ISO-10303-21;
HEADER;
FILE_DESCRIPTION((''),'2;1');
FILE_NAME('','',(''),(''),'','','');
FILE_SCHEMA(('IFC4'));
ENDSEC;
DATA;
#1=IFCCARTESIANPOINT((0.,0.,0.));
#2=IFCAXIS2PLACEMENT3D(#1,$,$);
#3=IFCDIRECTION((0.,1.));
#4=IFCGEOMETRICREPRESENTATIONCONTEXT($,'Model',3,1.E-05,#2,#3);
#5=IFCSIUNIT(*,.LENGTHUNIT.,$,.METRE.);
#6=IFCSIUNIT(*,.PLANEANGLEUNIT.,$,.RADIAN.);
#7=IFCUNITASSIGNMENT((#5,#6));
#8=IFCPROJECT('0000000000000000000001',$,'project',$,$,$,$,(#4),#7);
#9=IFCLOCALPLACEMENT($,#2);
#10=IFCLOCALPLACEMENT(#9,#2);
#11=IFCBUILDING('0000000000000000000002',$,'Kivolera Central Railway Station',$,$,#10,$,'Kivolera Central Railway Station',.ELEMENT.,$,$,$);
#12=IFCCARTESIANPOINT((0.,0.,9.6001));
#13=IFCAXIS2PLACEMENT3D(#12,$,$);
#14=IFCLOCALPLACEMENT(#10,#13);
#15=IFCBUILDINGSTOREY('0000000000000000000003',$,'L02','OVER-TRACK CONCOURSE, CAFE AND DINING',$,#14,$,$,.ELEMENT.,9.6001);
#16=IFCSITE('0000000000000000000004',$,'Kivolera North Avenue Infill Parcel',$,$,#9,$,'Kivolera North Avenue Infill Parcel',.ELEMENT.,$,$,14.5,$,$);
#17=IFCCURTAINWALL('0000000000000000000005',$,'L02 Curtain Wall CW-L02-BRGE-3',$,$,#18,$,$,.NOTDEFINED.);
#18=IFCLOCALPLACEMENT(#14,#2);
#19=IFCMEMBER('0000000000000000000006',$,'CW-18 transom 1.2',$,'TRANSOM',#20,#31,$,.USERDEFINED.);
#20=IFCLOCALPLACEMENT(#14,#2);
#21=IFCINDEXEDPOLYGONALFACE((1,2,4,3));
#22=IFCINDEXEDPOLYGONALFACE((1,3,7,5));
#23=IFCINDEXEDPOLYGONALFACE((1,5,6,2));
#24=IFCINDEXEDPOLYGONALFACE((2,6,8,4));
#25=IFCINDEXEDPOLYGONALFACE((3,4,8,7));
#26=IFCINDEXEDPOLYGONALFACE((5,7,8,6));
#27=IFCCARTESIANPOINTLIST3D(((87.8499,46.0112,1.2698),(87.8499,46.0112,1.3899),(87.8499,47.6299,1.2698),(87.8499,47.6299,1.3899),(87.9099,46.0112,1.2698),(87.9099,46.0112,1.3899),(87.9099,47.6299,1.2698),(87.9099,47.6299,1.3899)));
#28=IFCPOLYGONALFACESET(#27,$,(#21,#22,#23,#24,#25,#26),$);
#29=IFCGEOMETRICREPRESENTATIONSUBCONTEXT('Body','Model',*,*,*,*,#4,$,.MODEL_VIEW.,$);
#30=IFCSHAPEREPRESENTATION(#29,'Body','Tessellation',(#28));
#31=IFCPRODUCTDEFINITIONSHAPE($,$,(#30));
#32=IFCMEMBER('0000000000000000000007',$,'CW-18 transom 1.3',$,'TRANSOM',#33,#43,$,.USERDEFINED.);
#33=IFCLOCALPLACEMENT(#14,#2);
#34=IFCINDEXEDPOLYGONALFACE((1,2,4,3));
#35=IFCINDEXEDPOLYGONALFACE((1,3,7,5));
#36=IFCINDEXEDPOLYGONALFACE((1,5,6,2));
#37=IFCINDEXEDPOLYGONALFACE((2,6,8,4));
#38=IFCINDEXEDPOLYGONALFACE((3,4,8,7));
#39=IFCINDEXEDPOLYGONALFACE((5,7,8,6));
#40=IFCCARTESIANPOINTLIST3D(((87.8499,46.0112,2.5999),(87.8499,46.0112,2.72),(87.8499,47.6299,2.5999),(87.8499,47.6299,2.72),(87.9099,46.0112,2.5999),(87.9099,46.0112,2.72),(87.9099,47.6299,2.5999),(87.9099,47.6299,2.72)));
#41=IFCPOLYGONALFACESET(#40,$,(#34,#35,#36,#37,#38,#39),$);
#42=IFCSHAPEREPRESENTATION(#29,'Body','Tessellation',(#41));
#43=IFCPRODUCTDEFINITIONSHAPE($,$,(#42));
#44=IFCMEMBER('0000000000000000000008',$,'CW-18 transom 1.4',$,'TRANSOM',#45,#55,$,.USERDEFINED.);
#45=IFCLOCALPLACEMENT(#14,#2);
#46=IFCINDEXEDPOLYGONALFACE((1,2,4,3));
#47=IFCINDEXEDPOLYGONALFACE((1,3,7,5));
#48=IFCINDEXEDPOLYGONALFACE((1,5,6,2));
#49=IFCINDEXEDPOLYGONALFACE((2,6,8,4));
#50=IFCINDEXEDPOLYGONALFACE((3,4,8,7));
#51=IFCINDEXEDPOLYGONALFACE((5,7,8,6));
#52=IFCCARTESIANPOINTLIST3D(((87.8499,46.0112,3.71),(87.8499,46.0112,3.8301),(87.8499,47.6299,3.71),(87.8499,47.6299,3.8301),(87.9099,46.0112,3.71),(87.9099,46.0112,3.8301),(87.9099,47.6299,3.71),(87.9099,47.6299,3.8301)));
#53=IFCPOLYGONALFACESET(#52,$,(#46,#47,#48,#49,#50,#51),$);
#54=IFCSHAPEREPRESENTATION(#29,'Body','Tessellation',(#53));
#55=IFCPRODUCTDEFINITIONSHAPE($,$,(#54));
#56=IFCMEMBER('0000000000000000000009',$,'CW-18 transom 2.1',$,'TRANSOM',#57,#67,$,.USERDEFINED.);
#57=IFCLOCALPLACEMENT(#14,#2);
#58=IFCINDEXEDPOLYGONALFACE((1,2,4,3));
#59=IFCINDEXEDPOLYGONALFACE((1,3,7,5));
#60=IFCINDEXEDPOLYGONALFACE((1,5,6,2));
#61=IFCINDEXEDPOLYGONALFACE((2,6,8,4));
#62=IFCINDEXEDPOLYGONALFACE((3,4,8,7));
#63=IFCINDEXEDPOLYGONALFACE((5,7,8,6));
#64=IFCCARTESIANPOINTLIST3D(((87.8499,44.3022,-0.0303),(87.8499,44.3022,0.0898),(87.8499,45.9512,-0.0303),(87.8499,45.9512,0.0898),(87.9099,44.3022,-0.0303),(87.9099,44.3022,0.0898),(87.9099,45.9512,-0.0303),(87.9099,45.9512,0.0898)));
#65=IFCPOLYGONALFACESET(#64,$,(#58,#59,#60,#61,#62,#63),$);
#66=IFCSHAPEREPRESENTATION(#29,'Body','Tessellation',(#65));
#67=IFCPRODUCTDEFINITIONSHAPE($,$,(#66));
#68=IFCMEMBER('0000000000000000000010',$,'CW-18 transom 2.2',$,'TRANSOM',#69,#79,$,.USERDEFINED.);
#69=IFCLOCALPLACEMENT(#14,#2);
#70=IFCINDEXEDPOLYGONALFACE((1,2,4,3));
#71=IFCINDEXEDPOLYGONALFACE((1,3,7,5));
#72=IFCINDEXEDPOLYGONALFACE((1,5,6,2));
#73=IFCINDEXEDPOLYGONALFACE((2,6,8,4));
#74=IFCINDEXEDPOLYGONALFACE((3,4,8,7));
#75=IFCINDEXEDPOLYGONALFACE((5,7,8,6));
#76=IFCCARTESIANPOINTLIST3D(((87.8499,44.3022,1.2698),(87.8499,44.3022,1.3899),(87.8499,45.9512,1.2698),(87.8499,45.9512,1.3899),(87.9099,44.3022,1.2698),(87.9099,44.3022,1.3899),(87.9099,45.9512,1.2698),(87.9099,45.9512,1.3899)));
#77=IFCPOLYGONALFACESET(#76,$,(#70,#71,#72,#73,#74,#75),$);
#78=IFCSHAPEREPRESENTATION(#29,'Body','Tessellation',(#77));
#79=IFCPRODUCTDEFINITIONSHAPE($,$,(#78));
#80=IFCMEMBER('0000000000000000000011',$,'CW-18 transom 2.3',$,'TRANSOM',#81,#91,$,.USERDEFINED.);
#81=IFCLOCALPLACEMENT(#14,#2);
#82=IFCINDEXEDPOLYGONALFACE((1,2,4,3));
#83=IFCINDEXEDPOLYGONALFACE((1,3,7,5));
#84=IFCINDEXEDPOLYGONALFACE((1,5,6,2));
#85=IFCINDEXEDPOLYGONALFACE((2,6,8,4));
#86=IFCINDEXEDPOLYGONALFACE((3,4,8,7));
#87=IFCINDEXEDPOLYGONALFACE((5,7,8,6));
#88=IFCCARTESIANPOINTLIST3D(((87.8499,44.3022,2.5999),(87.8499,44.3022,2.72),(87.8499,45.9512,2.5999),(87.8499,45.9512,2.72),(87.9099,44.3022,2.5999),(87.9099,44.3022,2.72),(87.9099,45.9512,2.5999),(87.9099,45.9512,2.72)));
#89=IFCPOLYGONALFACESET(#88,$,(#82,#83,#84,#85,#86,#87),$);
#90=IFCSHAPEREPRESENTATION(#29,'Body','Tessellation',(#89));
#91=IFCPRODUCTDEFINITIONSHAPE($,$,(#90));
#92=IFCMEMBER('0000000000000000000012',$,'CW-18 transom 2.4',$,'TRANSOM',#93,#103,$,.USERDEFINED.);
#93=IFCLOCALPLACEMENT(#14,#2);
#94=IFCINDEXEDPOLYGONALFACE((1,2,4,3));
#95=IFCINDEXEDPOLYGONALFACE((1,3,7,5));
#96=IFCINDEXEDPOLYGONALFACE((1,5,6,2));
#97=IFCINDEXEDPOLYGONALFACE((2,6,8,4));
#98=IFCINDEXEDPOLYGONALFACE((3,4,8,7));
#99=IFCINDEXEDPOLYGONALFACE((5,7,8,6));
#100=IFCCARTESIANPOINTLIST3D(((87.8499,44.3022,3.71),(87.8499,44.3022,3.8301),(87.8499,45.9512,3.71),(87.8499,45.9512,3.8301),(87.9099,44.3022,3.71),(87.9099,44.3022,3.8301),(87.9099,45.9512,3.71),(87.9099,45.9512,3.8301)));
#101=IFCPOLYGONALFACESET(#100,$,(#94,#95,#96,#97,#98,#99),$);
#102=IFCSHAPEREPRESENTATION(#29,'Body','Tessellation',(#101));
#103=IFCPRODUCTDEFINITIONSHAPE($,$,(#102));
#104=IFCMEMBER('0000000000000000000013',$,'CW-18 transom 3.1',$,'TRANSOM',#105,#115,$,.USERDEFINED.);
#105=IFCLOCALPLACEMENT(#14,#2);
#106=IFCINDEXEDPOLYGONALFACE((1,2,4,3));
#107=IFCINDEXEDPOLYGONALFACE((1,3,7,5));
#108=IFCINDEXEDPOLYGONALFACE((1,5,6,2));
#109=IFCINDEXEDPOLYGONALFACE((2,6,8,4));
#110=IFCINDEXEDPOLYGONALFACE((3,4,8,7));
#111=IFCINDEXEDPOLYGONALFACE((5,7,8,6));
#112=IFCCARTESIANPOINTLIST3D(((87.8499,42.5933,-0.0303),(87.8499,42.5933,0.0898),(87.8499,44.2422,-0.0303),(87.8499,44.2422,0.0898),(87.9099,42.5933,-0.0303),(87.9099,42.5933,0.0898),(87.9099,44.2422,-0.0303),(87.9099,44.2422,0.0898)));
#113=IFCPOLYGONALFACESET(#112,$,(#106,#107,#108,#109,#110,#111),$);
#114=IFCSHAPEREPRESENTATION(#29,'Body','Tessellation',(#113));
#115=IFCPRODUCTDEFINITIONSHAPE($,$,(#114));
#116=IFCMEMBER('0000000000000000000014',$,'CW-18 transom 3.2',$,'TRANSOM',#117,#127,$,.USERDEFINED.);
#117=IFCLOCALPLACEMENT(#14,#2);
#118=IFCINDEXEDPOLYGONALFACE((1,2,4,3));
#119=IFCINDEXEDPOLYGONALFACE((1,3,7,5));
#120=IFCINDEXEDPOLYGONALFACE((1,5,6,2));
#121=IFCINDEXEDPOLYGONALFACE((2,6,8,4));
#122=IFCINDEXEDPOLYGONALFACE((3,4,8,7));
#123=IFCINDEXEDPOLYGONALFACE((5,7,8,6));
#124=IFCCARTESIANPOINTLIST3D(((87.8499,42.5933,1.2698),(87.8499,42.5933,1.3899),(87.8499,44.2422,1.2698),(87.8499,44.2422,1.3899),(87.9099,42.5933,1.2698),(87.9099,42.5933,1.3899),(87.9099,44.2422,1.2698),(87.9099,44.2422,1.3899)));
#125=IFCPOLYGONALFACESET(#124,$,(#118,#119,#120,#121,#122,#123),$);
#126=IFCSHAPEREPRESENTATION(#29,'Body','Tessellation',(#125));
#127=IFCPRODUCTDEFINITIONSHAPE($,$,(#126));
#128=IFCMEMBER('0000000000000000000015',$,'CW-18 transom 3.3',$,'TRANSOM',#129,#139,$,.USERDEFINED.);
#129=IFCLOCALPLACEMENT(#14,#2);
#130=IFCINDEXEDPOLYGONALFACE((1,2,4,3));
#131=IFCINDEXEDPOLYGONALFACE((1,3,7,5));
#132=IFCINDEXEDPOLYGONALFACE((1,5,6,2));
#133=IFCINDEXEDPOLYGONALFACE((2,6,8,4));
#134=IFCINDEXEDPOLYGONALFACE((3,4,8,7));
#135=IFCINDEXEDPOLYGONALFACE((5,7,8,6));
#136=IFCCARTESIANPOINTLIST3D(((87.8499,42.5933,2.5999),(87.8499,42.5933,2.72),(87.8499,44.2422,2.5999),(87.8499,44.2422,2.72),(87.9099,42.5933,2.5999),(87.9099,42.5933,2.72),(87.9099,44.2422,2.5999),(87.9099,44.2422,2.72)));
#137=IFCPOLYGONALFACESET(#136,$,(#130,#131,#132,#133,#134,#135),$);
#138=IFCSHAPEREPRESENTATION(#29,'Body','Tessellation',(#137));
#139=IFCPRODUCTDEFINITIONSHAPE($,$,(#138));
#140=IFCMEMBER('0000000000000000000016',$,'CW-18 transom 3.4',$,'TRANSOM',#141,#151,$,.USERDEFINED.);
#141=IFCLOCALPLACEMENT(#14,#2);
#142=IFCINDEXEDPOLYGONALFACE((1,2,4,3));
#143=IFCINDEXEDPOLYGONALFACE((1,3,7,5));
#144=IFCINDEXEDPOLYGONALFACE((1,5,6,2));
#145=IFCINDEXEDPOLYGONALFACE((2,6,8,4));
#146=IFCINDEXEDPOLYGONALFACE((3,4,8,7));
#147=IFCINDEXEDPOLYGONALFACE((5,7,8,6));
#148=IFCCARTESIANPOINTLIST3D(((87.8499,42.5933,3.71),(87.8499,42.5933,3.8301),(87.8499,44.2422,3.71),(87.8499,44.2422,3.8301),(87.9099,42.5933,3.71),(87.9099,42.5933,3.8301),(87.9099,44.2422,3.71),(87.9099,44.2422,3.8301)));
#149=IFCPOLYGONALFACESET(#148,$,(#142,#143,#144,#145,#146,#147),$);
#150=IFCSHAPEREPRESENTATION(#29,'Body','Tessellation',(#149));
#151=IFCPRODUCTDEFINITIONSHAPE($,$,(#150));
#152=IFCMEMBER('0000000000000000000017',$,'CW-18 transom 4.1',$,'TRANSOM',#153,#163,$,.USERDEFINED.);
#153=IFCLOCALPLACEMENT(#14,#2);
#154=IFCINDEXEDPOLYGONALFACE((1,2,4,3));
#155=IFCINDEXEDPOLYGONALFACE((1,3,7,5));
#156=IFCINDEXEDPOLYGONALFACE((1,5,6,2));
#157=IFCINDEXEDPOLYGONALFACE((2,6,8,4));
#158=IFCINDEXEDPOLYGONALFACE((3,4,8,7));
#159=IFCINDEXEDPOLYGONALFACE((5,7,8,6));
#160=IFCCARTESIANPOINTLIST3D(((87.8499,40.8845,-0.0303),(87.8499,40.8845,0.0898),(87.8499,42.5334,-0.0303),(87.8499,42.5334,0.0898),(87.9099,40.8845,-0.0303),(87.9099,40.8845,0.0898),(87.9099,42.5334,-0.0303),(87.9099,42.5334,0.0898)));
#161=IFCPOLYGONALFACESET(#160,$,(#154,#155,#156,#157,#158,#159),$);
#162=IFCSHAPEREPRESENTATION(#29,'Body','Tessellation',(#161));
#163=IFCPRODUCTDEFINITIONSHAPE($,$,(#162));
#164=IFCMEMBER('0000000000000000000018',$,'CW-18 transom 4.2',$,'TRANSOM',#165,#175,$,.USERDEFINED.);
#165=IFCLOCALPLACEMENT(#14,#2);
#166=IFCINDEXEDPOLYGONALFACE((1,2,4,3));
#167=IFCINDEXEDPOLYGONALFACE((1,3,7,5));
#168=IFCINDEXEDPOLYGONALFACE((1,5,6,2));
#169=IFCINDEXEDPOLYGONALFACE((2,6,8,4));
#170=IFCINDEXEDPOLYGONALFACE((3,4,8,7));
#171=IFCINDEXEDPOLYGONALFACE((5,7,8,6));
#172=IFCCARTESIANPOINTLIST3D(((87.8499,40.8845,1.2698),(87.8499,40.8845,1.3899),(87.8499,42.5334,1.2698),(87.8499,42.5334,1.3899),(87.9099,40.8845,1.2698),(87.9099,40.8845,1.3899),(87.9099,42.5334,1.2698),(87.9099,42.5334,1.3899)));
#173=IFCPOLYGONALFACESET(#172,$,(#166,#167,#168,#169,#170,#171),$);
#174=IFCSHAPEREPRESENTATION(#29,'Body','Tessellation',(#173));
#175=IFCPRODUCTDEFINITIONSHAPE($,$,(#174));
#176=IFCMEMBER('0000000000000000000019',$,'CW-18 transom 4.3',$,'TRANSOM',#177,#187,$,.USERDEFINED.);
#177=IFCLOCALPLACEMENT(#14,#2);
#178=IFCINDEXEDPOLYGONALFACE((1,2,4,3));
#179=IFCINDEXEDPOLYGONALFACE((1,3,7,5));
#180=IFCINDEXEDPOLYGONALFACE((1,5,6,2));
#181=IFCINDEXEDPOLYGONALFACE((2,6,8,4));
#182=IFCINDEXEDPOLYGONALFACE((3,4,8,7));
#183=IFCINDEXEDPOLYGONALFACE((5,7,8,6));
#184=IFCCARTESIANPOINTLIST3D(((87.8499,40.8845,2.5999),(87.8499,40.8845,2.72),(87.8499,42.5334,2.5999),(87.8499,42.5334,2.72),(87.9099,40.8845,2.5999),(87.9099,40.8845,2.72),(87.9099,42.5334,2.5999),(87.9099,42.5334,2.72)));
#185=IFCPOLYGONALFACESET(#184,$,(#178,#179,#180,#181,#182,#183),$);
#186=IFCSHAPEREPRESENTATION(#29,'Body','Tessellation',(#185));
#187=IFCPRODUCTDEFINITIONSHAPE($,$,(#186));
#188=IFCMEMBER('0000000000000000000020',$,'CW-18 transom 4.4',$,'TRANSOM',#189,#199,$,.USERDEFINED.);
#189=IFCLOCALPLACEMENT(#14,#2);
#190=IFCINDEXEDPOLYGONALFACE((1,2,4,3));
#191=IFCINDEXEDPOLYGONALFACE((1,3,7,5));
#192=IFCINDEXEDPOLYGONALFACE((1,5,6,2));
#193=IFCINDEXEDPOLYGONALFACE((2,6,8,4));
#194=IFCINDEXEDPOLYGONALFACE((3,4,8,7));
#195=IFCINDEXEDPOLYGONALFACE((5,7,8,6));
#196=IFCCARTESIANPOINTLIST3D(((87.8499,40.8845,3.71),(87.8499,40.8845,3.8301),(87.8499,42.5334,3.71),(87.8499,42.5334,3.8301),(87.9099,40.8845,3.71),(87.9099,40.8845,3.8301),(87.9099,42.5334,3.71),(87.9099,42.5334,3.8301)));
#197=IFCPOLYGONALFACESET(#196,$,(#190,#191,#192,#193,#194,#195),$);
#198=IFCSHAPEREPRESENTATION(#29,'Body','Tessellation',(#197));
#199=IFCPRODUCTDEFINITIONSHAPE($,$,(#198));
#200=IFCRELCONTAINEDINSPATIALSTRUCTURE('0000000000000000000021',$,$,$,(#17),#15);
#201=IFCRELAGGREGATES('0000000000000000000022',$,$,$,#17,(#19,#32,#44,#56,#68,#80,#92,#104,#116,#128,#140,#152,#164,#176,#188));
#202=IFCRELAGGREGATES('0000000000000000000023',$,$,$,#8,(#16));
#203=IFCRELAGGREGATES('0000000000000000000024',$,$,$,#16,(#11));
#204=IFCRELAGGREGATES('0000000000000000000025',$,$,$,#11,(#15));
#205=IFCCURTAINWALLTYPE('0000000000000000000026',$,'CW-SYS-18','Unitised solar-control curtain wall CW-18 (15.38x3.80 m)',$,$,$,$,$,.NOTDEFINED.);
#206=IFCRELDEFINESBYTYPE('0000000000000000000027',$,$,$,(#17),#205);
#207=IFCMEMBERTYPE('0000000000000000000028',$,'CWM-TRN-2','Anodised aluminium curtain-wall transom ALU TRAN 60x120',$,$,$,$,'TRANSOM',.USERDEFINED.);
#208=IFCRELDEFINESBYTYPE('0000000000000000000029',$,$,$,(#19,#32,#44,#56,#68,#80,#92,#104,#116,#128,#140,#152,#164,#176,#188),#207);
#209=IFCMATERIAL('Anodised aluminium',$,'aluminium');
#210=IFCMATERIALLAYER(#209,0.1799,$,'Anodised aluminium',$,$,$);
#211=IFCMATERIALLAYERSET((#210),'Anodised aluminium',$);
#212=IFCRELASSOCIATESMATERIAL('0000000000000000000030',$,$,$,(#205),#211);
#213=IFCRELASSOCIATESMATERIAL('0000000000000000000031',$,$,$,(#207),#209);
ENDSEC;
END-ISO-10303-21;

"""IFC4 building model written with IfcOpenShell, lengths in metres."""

from ifc_helpers import new_model, si_unit, direction, frame, origin, origin_2d, place, context, subcontext, project, spatial, rectangle, extrude, material, layer, layer_set, material_profile, profile_set, type_object, element, aggregate, save


model = new_model("IFC4")

# Units and contexts
model_context = context("Model", 3, precision=1e-05, world=origin(), true_north=direction((0.0, 1.0)))
body_context = subcontext(model_context, "Body", "Model", "MODEL_VIEW")
ifc_project = project(units=[si_unit("LENGTHUNIT", "METRE"), si_unit("PLANEANGLEUNIT", "RADIAN")], contexts=[model_context])

# Site, building, storey
site_placement = place(None, origin())
site = spatial("IfcSite", under=ifc_project, at=site_placement, Name="Kivolera North Avenue Infill Parcel", LongName="Kivolera North Avenue Infill Parcel", CompositionType="ELEMENT", RefElevation=14.5)
building_placement = place(site_placement, origin())
building = spatial("IfcBuilding", under=site, at=building_placement, Name="Kivolera Central Railway Station", LongName="Kivolera Central Railway Station", CompositionType="ELEMENT")
storey_placement = place(building_placement, frame((0.0, 0.0, 9.6001)))
storey = spatial("IfcBuildingStorey", under=building, at=storey_placement, Name="L02", Description="OVER-TRACK CONCOURSE, CAFE AND DINING", CompositionType="ELEMENT", Elevation=9.6001)

# Curtain wall, members
ifc_material_1 = material(Name="Anodised aluminium", Category="aluminium")
ifc_layer_1 = layer(ifc_material_1, 0.1799, Name="Anodised aluminium")
ifc_layer_set_1 = layer_set([ifc_layer_1], Name="Anodised aluminium")
curtain_wall_type = type_object("IfcCurtainWallType", Name="CW-SYS-18", Description="Unitised solar-control curtain wall CW-18 (15.38x3.80 m)", PredefinedType="NOTDEFINED", material=ifc_layer_set_1)
curtain_wall_placement = place(storey_placement, origin())
curtain_wall = element("IfcCurtainWall", 1, at=curtain_wall_placement, inside=storey, type_object=curtain_wall_type, Name="L02 Curtain Wall CW-L02-BRGE-3", PredefinedType="NOTDEFINED")
ifc_material_profile_1 = material_profile(ifc_material_1, rectangle(XDim=0.0601, YDim=0.1201, at=origin_2d()), Name="ALU TRAN 60x120")
ifc_profile_set_1 = profile_set([ifc_material_profile_1], Name="Anodised aluminium")
member_type_1 = type_object("IfcMemberType", Name="CWM-TRN-2", Description="Anodised aluminium curtain-wall transom ALU TRAN 60x120", ElementType="TRANSOM", PredefinedType="USERDEFINED", material=ifc_profile_set_1)
member_1_placement = place(storey_placement, frame((87.8799, 47.6299, 1.3298), z_axis=(0.0, -1.0, 0.0), x_axis=(1.0, 0.0, 0.0)))
member_1 = element("IfcMember", 2, at=member_1_placement, type_object=member_type_1, Name="CW-18 transom 1.2", ObjectType="TRANSOM", PredefinedType="USERDEFINED", context=body_context, shape_type="SweptSolid", body=[
    extrude(rectangle(XDim=0.0601, YDim=0.1201, at=origin_2d()), origin(), (0.0, 0.0, 1.0), 1.6187),
])
member_2_placement = place(storey_placement, frame((87.8799, 47.6299, 2.6599), z_axis=(0.0, -1.0, 0.0), x_axis=(1.0, 0.0, 0.0)))
member_2 = element("IfcMember", 3, at=member_2_placement, type_object=member_type_1, Name="CW-18 transom 1.3", ObjectType="TRANSOM", PredefinedType="USERDEFINED", context=body_context, shape_type="SweptSolid", body=[
    extrude(rectangle(XDim=0.0601, YDim=0.1201, at=origin_2d()), origin(), (0.0, 0.0, 1.0), 1.6187),
])
member_3_placement = place(storey_placement, frame((87.8799, 47.6299, 3.77), z_axis=(0.0, -1.0, 0.0), x_axis=(1.0, 0.0, 0.0)))
member_3 = element("IfcMember", 4, at=member_3_placement, type_object=member_type_1, Name="CW-18 transom 1.4", ObjectType="TRANSOM", PredefinedType="USERDEFINED", context=body_context, shape_type="SweptSolid", body=[
    extrude(rectangle(XDim=0.0601, YDim=0.1201, at=origin_2d()), origin(), (0.0, 0.0, 1.0), 1.6187),
])
member_4_placement = place(storey_placement, frame((87.8799, 45.9512, 0.0298), z_axis=(0.0, -1.0, 0.0), x_axis=(1.0, 0.0, 0.0)))
member_4 = element("IfcMember", 5, at=member_4_placement, type_object=member_type_1, Name="CW-18 transom 2.1", ObjectType="TRANSOM", PredefinedType="USERDEFINED", context=body_context, shape_type="SweptSolid", body=[
    extrude(rectangle(XDim=0.0601, YDim=0.1201, at=origin_2d()), origin(), (0.0, 0.0, 1.0), 1.6489),
])
member_5_placement = place(storey_placement, frame((87.8799, 45.9512, 1.3298), z_axis=(0.0, -1.0, 0.0), x_axis=(1.0, 0.0, 0.0)))
member_5 = element("IfcMember", 6, at=member_5_placement, type_object=member_type_1, Name="CW-18 transom 2.2", ObjectType="TRANSOM", PredefinedType="USERDEFINED", context=body_context, shape_type="SweptSolid", body=[
    extrude(rectangle(XDim=0.0601, YDim=0.1201, at=origin_2d()), origin(), (0.0, 0.0, 1.0), 1.6489),
])
member_6_placement = place(storey_placement, frame((87.8799, 45.9512, 2.6599), z_axis=(0.0, -1.0, 0.0), x_axis=(1.0, 0.0, 0.0)))
member_6 = element("IfcMember", 7, at=member_6_placement, type_object=member_type_1, Name="CW-18 transom 2.3", ObjectType="TRANSOM", PredefinedType="USERDEFINED", context=body_context, shape_type="SweptSolid", body=[
    extrude(rectangle(XDim=0.0601, YDim=0.1201, at=origin_2d()), origin(), (0.0, 0.0, 1.0), 1.6489),
])
member_7_placement = place(storey_placement, frame((87.8799, 45.9512, 3.77), z_axis=(0.0, -1.0, 0.0), x_axis=(1.0, 0.0, 0.0)))
member_7 = element("IfcMember", 8, at=member_7_placement, type_object=member_type_1, Name="CW-18 transom 2.4", ObjectType="TRANSOM", PredefinedType="USERDEFINED", context=body_context, shape_type="SweptSolid", body=[
    extrude(rectangle(XDim=0.0601, YDim=0.1201, at=origin_2d()), origin(), (0.0, 0.0, 1.0), 1.6489),
])
member_8_placement = place(storey_placement, frame((87.8799, 44.2422, 0.0298), z_axis=(0.0, -1.0, 0.0), x_axis=(1.0, 0.0, 0.0)))
member_8 = element("IfcMember", 9, at=member_8_placement, type_object=member_type_1, Name="CW-18 transom 3.1", ObjectType="TRANSOM", PredefinedType="USERDEFINED", context=body_context, shape_type="SweptSolid", body=[
    extrude(rectangle(XDim=0.0601, YDim=0.1201, at=origin_2d()), origin(), (0.0, 0.0, 1.0), 1.6489),
])
member_9_placement = place(storey_placement, frame((87.8799, 44.2422, 1.3298), z_axis=(0.0, -1.0, 0.0), x_axis=(1.0, 0.0, 0.0)))
member_9 = element("IfcMember", 10, at=member_9_placement, type_object=member_type_1, Name="CW-18 transom 3.2", ObjectType="TRANSOM", PredefinedType="USERDEFINED", context=body_context, shape_type="SweptSolid", body=[
    extrude(rectangle(XDim=0.0601, YDim=0.1201, at=origin_2d()), origin(), (0.0, 0.0, 1.0), 1.6489),
])
member_10_placement = place(storey_placement, frame((87.8799, 44.2422, 2.6599), z_axis=(0.0, -1.0, 0.0), x_axis=(1.0, 0.0, 0.0)))
member_10 = element("IfcMember", 11, at=member_10_placement, type_object=member_type_1, Name="CW-18 transom 3.3", ObjectType="TRANSOM", PredefinedType="USERDEFINED", context=body_context, shape_type="SweptSolid", body=[
    extrude(rectangle(XDim=0.0601, YDim=0.1201, at=origin_2d()), origin(), (0.0, 0.0, 1.0), 1.6489),
])
member_11_placement = place(storey_placement, frame((87.8799, 44.2422, 3.77), z_axis=(0.0, -1.0, 0.0), x_axis=(1.0, 0.0, 0.0)))
member_11 = element("IfcMember", 12, at=member_11_placement, type_object=member_type_1, Name="CW-18 transom 3.4", ObjectType="TRANSOM", PredefinedType="USERDEFINED", context=body_context, shape_type="SweptSolid", body=[
    extrude(rectangle(XDim=0.0601, YDim=0.1201, at=origin_2d()), origin(), (0.0, 0.0, 1.0), 1.6489),
])
member_12_placement = place(storey_placement, frame((87.8799, 42.5334, 0.0298), z_axis=(0.0, -1.0, 0.0), x_axis=(1.0, 0.0, 0.0)))
member_12 = element("IfcMember", 13, at=member_12_placement, type_object=member_type_1, Name="CW-18 transom 4.1", ObjectType="TRANSOM", PredefinedType="USERDEFINED", context=body_context, shape_type="SweptSolid", body=[
    extrude(rectangle(XDim=0.0601, YDim=0.1201, at=origin_2d()), origin(), (0.0, 0.0, 1.0), 1.6489),
])
member_13_placement = place(storey_placement, frame((87.8799, 42.5334, 1.3298), z_axis=(0.0, -1.0, 0.0), x_axis=(1.0, 0.0, 0.0)))
member_13 = element("IfcMember", 14, at=member_13_placement, type_object=member_type_1, Name="CW-18 transom 4.2", ObjectType="TRANSOM", PredefinedType="USERDEFINED", context=body_context, shape_type="SweptSolid", body=[
    extrude(rectangle(XDim=0.0601, YDim=0.1201, at=origin_2d()), origin(), (0.0, 0.0, 1.0), 1.6489),
])
member_14_placement = place(storey_placement, frame((87.8799, 42.5334, 2.6599), z_axis=(0.0, -1.0, 0.0), x_axis=(1.0, 0.0, 0.0)))
member_14 = element("IfcMember", 15, at=member_14_placement, type_object=member_type_1, Name="CW-18 transom 4.3", ObjectType="TRANSOM", PredefinedType="USERDEFINED", context=body_context, shape_type="SweptSolid", body=[
    extrude(rectangle(XDim=0.0601, YDim=0.1201, at=origin_2d()), origin(), (0.0, 0.0, 1.0), 1.6489),
])
member_15_placement = place(storey_placement, frame((87.8799, 42.5334, 3.77), z_axis=(0.0, -1.0, 0.0), x_axis=(1.0, 0.0, 0.0)))
member_15 = element("IfcMember", 16, at=member_15_placement, type_object=member_type_1, Name="CW-18 transom 4.4", ObjectType="TRANSOM", PredefinedType="USERDEFINED", context=body_context, shape_type="SweptSolid", body=[
    extrude(rectangle(XDim=0.0601, YDim=0.1201, at=origin_2d()), origin(), (0.0, 0.0, 1.0), 1.6489),
])
aggregate(curtain_wall, [member_1, member_2, member_3, member_4, member_5, member_6, member_7, member_8, member_9, member_10, member_11, member_12, member_13, member_14, member_15])

save(model, "model.ifc")
